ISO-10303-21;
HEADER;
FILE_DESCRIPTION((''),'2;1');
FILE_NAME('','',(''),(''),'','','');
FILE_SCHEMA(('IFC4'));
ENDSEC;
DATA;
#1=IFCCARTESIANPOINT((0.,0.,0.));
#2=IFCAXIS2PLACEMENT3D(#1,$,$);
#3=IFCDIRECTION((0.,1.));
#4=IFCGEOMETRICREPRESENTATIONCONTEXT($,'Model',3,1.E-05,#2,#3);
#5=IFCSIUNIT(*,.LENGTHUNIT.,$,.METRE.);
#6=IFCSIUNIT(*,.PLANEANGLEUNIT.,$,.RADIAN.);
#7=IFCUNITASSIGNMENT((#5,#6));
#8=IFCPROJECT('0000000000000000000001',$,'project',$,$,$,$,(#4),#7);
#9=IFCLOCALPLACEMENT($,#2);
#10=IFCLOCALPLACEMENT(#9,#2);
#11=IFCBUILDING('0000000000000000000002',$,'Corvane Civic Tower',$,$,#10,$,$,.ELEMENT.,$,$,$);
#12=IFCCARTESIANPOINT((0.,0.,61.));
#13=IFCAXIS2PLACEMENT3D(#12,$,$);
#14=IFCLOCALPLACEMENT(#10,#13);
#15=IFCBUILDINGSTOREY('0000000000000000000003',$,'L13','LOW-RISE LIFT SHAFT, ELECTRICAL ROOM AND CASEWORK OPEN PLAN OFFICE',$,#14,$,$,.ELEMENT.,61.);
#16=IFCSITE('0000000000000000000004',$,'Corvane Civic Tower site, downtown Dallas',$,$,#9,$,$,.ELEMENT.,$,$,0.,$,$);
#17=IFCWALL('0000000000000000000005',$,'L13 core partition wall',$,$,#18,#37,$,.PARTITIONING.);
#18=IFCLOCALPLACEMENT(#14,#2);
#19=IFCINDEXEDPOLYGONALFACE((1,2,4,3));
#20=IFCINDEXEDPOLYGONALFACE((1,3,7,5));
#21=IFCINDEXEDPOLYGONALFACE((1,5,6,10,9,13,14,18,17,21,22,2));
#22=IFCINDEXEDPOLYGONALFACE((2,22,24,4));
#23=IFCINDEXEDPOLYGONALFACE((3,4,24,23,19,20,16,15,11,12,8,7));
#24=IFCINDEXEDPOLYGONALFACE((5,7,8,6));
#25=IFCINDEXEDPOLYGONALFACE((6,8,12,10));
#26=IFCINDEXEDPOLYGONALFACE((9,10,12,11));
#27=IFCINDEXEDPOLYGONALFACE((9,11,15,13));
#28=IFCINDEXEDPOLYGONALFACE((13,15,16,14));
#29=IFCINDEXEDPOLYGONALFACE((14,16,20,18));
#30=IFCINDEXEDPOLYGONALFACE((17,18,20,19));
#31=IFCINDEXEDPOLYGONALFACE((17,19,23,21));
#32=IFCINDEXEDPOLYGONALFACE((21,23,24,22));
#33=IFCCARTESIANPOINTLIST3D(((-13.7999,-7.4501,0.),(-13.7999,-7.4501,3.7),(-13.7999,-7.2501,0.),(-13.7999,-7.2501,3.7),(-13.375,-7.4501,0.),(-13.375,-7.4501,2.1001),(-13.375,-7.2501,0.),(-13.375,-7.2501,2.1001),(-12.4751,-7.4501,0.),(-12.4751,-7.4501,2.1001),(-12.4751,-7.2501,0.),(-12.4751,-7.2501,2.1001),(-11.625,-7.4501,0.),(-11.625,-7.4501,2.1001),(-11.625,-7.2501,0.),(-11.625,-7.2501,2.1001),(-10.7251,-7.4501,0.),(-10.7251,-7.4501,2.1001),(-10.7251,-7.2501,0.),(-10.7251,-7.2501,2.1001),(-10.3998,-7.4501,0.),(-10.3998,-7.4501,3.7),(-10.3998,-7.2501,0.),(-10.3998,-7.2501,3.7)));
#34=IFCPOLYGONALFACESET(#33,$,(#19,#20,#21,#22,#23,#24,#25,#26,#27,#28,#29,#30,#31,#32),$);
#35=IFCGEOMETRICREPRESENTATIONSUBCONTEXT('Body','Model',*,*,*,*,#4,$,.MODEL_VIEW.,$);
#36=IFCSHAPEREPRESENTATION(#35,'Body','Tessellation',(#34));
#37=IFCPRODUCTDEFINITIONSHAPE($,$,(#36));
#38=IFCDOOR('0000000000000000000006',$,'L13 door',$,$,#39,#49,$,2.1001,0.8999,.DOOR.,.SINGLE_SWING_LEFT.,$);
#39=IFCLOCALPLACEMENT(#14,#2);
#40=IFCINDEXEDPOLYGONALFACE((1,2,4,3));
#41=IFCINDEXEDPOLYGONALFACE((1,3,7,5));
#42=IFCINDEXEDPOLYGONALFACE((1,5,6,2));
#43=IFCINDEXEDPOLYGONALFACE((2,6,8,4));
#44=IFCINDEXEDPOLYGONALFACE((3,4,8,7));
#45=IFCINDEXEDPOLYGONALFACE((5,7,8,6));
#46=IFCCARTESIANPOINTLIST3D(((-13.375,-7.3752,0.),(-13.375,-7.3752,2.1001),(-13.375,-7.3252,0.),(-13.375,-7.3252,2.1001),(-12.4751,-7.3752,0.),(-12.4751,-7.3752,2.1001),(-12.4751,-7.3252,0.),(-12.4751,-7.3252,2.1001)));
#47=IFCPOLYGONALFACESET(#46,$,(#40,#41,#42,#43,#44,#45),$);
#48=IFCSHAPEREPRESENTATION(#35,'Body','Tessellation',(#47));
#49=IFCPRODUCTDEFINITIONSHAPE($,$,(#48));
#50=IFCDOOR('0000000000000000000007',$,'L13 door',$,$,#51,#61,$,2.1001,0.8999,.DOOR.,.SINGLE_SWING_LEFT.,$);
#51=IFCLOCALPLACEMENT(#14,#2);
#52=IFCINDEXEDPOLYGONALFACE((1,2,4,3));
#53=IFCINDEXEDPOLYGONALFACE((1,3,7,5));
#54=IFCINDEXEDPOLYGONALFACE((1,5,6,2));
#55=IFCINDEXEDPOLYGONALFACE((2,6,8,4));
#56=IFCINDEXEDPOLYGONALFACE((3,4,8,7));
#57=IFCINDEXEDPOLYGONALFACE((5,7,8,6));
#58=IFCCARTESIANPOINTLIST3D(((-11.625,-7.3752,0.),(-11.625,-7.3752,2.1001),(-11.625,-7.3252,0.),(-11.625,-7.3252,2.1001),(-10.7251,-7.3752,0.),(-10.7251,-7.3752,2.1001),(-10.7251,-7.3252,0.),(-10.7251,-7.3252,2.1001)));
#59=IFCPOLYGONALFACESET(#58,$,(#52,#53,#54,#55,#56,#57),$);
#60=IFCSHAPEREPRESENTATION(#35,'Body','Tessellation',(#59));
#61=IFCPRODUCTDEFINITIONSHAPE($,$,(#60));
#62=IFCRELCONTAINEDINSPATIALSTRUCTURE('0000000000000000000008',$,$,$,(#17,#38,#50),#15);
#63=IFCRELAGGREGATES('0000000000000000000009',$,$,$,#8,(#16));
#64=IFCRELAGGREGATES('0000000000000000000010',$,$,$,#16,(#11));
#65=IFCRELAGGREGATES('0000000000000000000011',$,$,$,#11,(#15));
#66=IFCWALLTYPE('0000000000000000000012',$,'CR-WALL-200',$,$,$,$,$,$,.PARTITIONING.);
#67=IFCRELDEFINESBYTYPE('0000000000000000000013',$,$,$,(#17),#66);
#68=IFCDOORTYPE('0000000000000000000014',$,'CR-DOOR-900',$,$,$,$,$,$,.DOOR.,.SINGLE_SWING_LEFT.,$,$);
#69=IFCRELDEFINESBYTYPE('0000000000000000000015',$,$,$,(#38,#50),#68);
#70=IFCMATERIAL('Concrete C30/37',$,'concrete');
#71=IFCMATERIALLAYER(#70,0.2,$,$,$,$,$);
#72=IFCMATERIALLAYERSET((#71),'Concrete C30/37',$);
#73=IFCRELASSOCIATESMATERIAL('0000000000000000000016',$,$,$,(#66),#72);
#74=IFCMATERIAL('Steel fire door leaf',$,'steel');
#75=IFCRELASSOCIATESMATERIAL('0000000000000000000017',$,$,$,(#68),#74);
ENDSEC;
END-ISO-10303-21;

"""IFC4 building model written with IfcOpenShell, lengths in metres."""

from ifc_helpers import new_model, si_unit, direction, frame, frame_2d, origin, place, context, subcontext, project, spatial, rectangle, extrude, material, layer, layer_set, type_object, element, fill, save


model = new_model("IFC4")

# Units and contexts
model_context = context("Model", 3, precision=1e-05, world=origin(), true_north=direction((0.0, 1.0)))
body_context = subcontext(model_context, "Body", "Model", "MODEL_VIEW")
ifc_project = project(units=[si_unit("LENGTHUNIT", "METRE"), si_unit("PLANEANGLEUNIT", "RADIAN")], contexts=[model_context])

# Site, building, storey
site_placement = place(None, origin())
site = spatial("IfcSite", under=ifc_project, at=site_placement, Name="Corvane Civic Tower site, downtown Dallas", CompositionType="ELEMENT", RefElevation=0.0)
building_placement = place(site_placement, origin())
building = spatial("IfcBuilding", under=site, at=building_placement, Name="Corvane Civic Tower", CompositionType="ELEMENT")
storey_placement = place(building_placement, frame((0.0, 0.0, 61.0)))
storey = spatial("IfcBuildingStorey", under=building, at=storey_placement, Name="L13", Description="LOW-RISE LIFT SHAFT, ELECTRICAL ROOM AND CASEWORK OPEN PLAN OFFICE", CompositionType="ELEMENT", Elevation=61.0)

# Wall, openings, doors
ifc_material_1 = material(Name="Concrete C30/37", Category="concrete")
ifc_layer_1 = layer(ifc_material_1, 0.2)
ifc_layer_set_1 = layer_set([ifc_layer_1], Name="Concrete C30/37")
wall_type_1 = type_object("IfcWallType", Name="CR-WALL-200", PredefinedType="PARTITIONING", material=ifc_layer_set_1)
wall_1_placement = place(storey_placement, frame((-13.8, -7.3501, 0.0), z_axis=(0.0, 0.0, 1.0), x_axis=(1.0, 0.0, 0.0)))
wall_1 = element("IfcWall", 1, at=wall_1_placement, inside=storey, type_object=wall_type_1, Name="L13 core partition wall", PredefinedType="PARTITIONING", context=body_context, shape_type="SweptSolid", body=[
    extrude(rectangle(XDim=3.4001, YDim=0.2, at=frame_2d((1.7002, 0.0))), origin(), (0.0, 0.0, 1.0), 3.7),
])
opening_1_placement = place(wall_1_placement, frame((0.425, 0.0, 0.0)))
opening_1 = element("IfcOpeningElement", 2, at=opening_1_placement, cuts=wall_1, PredefinedType="OPENING", context=body_context, shape_type="SweptSolid", body=[
    extrude(rectangle(XDim=0.8999, YDim=2.1001, at=frame_2d((0.45, 1.05))), frame((0.0, 0.1099, 0.0), z_axis=(0.0, -1.0, 0.0), x_axis=(1.0, 0.0, 0.0)), (0.0, 0.0, 1.0), 0.22),
])
opening_2_placement = place(wall_1_placement, frame((2.175, 0.0, 0.0)))
opening_2 = element("IfcOpeningElement", 3, at=opening_2_placement, cuts=wall_1, PredefinedType="OPENING", context=body_context, shape_type="SweptSolid", body=[
    extrude(rectangle(XDim=0.8999, YDim=2.1001, at=frame_2d((0.45, 1.05))), frame((0.0, 0.1099, 0.0), z_axis=(0.0, -1.0, 0.0), x_axis=(1.0, 0.0, 0.0)), (0.0, 0.0, 1.0), 0.22),
])
ifc_material_2 = material(Name="Steel fire door leaf", Category="steel")
door_type_1 = type_object("IfcDoorType", Name="CR-DOOR-900", OperationType="SINGLE_SWING_LEFT", PredefinedType="DOOR", material=ifc_material_2)
door_1_placement = place(opening_1_placement, origin())
door_1 = element("IfcDoor", 4, at=door_1_placement, inside=storey, type_object=door_type_1, Name="L13 door", OperationType="SINGLE_SWING_LEFT", OverallHeight=2.1001, OverallWidth=0.8999, PredefinedType="DOOR", context=body_context, shape_type="SweptSolid", body=[
    extrude(rectangle(XDim=0.8999, YDim=2.1001, at=frame_2d((0.45, 1.05))), frame((0.0, 0.0249, 0.0), z_axis=(0.0, -1.0, 0.0), x_axis=(1.0, 0.0, 0.0)), (0.0, 0.0, 1.0), 0.05),
])
fill(opening_1, door_1)
door_2_placement = place(opening_2_placement, origin())
door_2 = element("IfcDoor", 5, at=door_2_placement, inside=storey, type_object=door_type_1, Name="L13 door", OperationType="SINGLE_SWING_LEFT", OverallHeight=2.1001, OverallWidth=0.8999, PredefinedType="DOOR", context=body_context, shape_type="SweptSolid", body=[
    extrude(rectangle(XDim=0.8999, YDim=2.1001, at=frame_2d((0.45, 1.05))), frame((0.0, 0.0249, 0.0), z_axis=(0.0, -1.0, 0.0), x_axis=(1.0, 0.0, 0.0)), (0.0, 0.0, 1.0), 0.05),
])
fill(opening_2, door_2)

save(model, "model.ifc")
